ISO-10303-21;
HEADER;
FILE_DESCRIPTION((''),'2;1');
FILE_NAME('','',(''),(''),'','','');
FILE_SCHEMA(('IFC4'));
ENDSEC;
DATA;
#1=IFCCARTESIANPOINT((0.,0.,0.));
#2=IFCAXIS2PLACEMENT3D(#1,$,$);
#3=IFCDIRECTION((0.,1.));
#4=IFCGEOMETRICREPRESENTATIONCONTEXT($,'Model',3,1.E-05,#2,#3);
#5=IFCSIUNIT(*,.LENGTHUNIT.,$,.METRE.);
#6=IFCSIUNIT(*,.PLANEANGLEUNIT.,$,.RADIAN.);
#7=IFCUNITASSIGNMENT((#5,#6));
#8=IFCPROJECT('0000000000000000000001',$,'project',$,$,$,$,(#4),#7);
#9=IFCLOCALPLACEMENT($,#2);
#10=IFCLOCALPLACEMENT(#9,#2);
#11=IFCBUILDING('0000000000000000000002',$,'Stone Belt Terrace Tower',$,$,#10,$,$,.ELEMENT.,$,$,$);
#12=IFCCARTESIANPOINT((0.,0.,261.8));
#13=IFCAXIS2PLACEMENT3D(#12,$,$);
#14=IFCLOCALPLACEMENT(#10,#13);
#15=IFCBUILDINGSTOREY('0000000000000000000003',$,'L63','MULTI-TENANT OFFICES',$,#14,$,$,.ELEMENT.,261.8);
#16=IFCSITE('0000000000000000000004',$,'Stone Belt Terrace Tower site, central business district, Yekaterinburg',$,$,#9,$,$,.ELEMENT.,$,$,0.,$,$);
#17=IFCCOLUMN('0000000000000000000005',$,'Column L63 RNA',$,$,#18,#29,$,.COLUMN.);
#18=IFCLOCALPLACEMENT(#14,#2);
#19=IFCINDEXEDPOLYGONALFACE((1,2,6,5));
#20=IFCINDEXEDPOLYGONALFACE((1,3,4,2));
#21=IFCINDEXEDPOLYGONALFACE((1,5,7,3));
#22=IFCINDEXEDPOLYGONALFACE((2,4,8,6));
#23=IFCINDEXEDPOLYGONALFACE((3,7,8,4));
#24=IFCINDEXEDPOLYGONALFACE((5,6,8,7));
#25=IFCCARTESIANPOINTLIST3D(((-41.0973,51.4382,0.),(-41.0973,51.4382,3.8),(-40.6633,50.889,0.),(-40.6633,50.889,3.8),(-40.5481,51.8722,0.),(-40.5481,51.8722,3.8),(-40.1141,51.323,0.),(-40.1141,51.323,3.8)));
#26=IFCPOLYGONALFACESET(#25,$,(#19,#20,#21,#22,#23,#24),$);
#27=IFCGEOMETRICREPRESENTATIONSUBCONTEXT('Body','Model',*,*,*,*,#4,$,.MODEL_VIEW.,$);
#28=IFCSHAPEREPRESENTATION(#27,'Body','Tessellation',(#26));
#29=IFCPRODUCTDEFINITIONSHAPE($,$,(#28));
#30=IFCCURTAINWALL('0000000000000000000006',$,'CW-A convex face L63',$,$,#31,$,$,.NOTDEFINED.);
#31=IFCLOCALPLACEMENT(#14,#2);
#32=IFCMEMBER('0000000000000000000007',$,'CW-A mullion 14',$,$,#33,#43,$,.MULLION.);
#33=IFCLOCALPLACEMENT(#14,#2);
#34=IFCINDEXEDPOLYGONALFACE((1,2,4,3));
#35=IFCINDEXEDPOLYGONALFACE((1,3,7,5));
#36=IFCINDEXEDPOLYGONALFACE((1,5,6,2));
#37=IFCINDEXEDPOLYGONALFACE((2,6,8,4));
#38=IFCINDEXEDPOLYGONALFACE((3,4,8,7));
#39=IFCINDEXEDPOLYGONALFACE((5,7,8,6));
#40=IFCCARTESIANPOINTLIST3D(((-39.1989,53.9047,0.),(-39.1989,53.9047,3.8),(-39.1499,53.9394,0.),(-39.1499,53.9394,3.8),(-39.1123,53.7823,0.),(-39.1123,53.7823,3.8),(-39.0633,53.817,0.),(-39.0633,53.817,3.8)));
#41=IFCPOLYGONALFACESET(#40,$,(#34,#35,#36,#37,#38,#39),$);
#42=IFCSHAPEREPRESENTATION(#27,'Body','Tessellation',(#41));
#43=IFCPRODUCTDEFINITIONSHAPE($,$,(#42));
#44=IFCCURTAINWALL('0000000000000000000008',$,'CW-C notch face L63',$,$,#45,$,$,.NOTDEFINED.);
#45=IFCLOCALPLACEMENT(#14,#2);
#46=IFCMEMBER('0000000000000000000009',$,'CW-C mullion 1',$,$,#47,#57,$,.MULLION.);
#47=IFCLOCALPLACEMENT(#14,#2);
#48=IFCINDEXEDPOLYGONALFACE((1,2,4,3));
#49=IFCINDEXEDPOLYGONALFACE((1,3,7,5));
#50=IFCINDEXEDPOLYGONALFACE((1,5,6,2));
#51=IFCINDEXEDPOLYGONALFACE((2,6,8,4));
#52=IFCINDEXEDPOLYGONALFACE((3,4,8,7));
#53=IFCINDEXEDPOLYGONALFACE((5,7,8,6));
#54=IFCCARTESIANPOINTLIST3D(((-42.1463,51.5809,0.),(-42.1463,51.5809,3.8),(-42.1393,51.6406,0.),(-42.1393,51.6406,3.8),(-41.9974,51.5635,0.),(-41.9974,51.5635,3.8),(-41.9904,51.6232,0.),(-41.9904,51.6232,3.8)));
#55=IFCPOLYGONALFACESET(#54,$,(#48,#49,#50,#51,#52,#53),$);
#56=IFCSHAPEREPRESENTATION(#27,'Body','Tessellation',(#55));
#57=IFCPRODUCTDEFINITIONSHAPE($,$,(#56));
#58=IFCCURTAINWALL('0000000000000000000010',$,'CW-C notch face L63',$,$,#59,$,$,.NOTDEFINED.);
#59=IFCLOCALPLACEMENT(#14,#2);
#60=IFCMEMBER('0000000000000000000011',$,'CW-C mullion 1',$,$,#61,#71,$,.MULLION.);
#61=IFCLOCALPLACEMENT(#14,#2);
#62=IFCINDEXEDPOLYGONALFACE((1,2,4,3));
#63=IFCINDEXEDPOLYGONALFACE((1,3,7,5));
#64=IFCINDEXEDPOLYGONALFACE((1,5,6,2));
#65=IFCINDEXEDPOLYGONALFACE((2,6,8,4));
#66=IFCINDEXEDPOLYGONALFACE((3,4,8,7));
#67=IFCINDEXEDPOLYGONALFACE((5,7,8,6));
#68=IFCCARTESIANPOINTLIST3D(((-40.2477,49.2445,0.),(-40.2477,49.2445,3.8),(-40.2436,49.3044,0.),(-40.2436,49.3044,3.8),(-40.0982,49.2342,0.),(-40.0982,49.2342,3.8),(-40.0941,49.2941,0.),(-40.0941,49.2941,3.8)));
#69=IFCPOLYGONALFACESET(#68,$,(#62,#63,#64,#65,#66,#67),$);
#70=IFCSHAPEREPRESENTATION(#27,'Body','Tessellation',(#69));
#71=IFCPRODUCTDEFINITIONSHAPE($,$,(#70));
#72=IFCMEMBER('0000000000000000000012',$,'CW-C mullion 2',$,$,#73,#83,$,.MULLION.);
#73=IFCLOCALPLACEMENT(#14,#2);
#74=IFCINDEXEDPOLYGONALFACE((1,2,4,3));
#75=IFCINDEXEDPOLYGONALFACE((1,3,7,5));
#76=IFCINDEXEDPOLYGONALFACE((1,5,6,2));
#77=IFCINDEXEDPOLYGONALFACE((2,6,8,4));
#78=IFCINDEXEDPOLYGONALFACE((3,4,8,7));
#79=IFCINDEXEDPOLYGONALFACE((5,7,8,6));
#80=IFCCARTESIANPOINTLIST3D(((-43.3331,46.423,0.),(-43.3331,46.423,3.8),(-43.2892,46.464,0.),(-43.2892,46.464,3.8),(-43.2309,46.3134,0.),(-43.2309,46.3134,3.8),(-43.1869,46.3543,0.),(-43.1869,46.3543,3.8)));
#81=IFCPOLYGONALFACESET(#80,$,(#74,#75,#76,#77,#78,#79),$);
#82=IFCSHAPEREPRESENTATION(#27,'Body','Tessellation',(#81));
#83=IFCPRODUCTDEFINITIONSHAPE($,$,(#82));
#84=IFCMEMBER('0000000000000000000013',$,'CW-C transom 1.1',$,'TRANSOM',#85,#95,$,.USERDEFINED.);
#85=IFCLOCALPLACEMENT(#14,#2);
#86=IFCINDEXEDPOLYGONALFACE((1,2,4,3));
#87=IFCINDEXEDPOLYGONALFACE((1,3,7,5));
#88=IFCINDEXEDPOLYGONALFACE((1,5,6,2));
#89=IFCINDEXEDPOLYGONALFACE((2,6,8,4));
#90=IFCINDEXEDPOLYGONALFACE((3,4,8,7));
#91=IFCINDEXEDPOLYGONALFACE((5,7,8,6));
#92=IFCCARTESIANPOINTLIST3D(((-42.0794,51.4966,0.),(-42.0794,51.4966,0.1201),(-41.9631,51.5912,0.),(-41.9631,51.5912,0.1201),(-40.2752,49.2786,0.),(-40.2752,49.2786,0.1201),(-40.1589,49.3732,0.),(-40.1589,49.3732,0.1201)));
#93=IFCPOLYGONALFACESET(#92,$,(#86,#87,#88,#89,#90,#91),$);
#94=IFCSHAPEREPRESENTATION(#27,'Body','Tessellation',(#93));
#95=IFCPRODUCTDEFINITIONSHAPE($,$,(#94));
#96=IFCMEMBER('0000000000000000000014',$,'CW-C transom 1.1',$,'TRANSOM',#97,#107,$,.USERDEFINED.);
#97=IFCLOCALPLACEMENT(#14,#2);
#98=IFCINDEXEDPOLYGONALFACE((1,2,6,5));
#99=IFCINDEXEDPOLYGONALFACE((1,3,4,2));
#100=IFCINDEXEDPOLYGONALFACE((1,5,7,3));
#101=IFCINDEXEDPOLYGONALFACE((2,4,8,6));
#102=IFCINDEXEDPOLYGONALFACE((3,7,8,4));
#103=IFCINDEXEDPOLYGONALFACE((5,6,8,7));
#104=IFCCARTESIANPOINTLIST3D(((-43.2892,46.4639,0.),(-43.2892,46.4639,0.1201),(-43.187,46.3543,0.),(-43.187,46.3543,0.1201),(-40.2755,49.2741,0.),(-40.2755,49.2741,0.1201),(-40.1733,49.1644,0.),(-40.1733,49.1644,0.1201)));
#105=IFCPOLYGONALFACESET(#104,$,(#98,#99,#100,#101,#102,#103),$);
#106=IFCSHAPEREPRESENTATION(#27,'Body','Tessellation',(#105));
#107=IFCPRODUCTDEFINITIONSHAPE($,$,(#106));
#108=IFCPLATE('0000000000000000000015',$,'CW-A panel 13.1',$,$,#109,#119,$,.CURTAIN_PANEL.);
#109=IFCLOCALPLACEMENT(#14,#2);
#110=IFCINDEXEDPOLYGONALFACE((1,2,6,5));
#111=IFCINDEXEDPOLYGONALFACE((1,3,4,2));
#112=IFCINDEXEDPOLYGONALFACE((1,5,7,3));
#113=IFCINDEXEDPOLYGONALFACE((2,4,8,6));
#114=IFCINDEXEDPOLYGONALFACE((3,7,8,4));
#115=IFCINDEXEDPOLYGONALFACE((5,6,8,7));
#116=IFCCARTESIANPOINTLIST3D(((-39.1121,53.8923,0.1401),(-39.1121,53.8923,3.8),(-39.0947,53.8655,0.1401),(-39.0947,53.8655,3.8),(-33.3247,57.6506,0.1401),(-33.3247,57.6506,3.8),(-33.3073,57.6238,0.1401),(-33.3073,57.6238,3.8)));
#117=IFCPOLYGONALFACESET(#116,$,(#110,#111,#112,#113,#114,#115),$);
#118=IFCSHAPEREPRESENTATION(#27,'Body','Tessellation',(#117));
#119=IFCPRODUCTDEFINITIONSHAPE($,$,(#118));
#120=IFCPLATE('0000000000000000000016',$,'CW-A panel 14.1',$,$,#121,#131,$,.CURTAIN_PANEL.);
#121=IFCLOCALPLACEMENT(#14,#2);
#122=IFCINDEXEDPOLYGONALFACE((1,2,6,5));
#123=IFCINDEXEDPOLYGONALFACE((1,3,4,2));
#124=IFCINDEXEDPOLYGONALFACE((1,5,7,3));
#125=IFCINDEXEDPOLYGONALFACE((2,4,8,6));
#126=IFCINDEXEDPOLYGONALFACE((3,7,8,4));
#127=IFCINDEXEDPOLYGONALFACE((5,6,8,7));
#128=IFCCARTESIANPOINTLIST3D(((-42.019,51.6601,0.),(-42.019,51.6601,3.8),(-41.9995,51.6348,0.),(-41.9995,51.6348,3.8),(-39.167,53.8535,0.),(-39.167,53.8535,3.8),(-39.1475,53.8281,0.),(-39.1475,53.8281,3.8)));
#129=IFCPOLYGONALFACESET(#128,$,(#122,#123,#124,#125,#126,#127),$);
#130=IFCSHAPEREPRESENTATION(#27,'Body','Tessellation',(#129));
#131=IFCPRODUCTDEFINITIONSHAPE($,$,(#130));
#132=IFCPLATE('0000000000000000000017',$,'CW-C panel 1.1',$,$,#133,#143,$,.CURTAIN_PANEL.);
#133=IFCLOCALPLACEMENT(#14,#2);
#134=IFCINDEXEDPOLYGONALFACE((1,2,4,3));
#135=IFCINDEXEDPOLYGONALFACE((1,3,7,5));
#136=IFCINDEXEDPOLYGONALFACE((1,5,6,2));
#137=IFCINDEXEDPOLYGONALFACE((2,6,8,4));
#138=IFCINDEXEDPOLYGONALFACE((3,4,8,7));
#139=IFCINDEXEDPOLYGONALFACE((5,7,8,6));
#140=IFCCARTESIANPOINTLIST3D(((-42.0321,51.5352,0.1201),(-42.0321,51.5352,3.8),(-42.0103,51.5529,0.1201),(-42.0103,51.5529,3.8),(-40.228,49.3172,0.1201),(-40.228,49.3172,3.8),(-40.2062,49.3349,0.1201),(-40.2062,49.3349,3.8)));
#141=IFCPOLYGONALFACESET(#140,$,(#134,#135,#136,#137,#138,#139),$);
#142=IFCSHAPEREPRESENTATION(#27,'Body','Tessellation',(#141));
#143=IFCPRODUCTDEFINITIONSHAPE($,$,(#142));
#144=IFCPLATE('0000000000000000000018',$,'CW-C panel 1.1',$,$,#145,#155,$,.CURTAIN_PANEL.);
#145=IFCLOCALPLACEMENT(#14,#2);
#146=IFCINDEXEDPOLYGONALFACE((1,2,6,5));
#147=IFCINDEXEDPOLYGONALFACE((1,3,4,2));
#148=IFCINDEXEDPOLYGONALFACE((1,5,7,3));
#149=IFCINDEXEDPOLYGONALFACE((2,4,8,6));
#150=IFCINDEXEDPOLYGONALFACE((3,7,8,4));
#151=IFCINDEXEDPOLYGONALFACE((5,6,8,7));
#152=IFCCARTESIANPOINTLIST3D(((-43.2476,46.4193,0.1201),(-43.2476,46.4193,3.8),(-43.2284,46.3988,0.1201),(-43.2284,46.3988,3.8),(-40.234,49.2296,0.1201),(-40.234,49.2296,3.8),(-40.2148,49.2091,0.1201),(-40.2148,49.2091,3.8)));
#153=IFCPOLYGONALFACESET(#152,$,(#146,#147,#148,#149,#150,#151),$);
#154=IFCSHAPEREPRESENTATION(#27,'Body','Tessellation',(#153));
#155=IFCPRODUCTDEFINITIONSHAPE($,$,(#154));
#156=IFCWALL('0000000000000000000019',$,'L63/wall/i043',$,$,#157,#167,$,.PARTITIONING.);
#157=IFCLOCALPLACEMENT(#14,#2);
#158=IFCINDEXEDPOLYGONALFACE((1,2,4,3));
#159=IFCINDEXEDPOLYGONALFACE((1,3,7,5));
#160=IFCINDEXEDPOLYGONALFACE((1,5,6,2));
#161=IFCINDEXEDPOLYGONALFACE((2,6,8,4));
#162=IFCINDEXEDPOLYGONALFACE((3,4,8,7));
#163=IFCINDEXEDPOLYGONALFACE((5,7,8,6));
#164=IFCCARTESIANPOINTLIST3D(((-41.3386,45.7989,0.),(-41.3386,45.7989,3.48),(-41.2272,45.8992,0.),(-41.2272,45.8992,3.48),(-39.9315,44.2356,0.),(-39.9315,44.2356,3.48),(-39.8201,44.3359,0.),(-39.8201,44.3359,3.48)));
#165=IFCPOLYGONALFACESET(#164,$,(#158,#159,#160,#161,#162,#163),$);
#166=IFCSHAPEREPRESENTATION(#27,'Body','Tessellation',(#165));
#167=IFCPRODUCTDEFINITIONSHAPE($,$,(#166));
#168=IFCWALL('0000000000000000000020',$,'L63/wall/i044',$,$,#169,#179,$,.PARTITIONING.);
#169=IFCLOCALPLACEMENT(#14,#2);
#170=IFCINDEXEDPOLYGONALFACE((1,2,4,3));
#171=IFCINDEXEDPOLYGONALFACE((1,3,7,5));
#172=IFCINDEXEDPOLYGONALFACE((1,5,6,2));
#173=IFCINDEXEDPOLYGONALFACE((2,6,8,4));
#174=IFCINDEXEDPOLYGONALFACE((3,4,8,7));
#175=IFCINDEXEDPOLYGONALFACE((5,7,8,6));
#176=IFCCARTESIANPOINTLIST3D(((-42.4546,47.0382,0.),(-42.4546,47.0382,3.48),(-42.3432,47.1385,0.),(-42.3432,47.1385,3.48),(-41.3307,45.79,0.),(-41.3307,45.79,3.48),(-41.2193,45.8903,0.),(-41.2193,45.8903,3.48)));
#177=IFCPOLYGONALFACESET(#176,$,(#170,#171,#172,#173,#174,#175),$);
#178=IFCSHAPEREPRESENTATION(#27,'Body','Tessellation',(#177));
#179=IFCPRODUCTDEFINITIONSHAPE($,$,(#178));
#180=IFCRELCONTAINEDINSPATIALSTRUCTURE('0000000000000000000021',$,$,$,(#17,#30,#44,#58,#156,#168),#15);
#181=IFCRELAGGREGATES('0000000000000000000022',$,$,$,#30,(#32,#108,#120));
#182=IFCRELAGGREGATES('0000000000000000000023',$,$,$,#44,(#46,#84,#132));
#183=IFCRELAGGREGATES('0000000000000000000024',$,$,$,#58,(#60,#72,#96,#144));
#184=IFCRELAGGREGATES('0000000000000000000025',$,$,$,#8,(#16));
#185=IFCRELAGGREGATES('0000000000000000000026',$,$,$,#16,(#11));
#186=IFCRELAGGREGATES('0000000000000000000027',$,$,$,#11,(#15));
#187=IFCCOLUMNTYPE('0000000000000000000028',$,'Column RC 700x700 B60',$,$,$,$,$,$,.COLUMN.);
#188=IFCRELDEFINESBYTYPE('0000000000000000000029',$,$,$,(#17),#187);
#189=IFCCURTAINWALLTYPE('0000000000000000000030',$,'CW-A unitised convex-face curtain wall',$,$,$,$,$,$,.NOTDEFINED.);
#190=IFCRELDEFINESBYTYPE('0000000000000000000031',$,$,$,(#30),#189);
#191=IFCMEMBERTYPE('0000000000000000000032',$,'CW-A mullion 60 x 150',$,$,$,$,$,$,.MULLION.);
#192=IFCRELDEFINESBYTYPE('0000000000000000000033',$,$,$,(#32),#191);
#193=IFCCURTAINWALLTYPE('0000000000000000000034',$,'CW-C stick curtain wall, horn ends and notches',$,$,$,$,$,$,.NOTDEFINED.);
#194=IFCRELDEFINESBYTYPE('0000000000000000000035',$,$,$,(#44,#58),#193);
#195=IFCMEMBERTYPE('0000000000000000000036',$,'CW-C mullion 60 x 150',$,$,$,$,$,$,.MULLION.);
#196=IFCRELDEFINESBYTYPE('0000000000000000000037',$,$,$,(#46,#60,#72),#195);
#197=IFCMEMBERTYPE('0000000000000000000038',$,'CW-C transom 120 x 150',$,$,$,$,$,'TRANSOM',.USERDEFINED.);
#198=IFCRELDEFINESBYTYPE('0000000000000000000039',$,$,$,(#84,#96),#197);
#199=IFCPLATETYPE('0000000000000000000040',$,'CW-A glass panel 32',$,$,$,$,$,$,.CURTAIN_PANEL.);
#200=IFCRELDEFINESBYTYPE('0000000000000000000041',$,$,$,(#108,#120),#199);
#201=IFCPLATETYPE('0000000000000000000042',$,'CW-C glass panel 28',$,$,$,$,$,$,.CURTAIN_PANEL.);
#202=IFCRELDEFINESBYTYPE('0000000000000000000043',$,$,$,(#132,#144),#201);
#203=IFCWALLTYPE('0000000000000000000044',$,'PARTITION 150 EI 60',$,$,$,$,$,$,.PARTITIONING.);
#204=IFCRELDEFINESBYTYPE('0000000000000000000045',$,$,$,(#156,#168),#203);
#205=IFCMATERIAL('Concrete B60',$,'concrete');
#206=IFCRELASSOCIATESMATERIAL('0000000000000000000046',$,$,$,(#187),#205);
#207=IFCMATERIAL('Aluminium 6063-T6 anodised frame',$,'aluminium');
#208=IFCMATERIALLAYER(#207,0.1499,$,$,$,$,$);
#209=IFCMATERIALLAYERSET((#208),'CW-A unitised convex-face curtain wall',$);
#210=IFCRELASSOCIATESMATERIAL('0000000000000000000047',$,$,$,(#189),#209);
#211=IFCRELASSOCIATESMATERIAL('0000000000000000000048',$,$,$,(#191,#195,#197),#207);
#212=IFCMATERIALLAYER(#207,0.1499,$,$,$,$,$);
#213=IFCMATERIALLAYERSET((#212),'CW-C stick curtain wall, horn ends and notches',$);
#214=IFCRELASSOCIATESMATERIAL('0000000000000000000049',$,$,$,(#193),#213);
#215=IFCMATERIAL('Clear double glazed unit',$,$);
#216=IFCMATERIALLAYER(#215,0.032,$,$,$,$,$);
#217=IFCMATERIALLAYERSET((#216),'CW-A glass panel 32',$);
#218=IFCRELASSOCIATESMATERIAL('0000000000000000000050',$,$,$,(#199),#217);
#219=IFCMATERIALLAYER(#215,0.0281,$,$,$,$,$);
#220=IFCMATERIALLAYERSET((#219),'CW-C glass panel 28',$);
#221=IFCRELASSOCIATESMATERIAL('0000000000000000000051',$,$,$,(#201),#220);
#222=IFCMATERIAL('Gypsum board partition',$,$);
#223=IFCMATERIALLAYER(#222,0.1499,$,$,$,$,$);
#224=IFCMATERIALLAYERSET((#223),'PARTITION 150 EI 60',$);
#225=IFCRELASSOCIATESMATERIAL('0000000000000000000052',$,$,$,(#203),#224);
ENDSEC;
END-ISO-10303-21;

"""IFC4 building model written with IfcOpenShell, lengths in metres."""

from ifc_helpers import new_model, si_unit, direction, frame, frame_2d, origin, origin_2d, place, context, subcontext, project, spatial, rectangle, extrude, material, layer, layer_set, material_profile, profile_set, type_object, element, aggregate, save


model = new_model("IFC4")

# Units and contexts
model_context = context("Model", 3, precision=1e-05, world=origin(), true_north=direction((0.0, 1.0)))
body_context = subcontext(model_context, "Body", "Model", "MODEL_VIEW")
ifc_project = project(units=[si_unit("LENGTHUNIT", "METRE"), si_unit("PLANEANGLEUNIT", "RADIAN")], contexts=[model_context])

# Site, building, storey
site_placement = place(None, origin())
site = spatial("IfcSite", under=ifc_project, at=site_placement, Name="Stone Belt Terrace Tower site, central business district, Yekaterinburg", CompositionType="ELEMENT", RefElevation=0.0)
building_placement = place(site_placement, origin())
building = spatial("IfcBuilding", under=site, at=building_placement, Name="Stone Belt Terrace Tower", CompositionType="ELEMENT")
storey_placement = place(building_placement, frame((0.0, 0.0, 261.8)))
storey = spatial("IfcBuildingStorey", under=building, at=storey_placement, Name="L63", Description="MULTI-TENANT OFFICES", CompositionType="ELEMENT", Elevation=261.8)

# Column
ifc_material_1 = material(Name="Concrete B60", Category="concrete")
ifc_material_profile_1 = material_profile(ifc_material_1, rectangle(XDim=0.7, YDim=0.7, at=origin_2d()), Name="RC 700x700")
ifc_profile_set_1 = profile_set([ifc_material_profile_1], Name="Concrete B60")
column_type = type_object("IfcColumnType", Name="Column RC 700x700 B60", PredefinedType="COLUMN", material=ifc_profile_set_1)
column_placement = place(storey_placement, frame((-40.6057, 51.3806, 0.0), z_axis=(0.0, 0.0, 1.0), x_axis=(0.78457, 0.620041, 0.0)))
element("IfcColumn", 1, at=column_placement, inside=storey, type_object=column_type, Name="Column L63 RNA", PredefinedType="COLUMN", context=body_context, shape_type="SweptSolid", body=[
    extrude(rectangle(XDim=0.7, YDim=0.7, at=origin_2d()), origin(), (0.0, 0.0, 1.0), 3.8),
])

# Curtain walls, members
ifc_material_2 = material(Name="Aluminium 6063-T6 anodised frame", Category="aluminium")
ifc_layer_1 = layer(ifc_material_2, 0.1499)
ifc_layer_set_1 = layer_set([ifc_layer_1], Name="CW-A unitised convex-face curtain wall")
curtain_wall_type_1 = type_object("IfcCurtainWallType", Name="CW-A unitised convex-face curtain wall", PredefinedType="NOTDEFINED", material=ifc_layer_set_1)
curtain_wall_1_placement = place(storey_placement, origin())
curtain_wall_1 = element("IfcCurtainWall", 2, at=curtain_wall_1_placement, inside=storey, type_object=curtain_wall_type_1, Name="CW-A convex face L63", PredefinedType="NOTDEFINED")
ifc_material_profile_2 = material_profile(ifc_material_2, rectangle(XDim=0.1499, YDim=0.0601, at=origin_2d()), Name="Aluminium 6063-T6 60x150")
ifc_profile_set_2 = profile_set([ifc_material_profile_2], Name="Aluminium 6063-T6 anodised frame")
member_type_1 = type_object("IfcMemberType", Name="CW-A mullion 60 x 150", PredefinedType="MULLION", material=ifc_profile_set_2)
member_1_placement = place(storey_placement, frame((-39.1311, 53.8608, 0.0), z_axis=(0.0, 0.0, 1.0), x_axis=(0.577587, -0.816329, 0.0)))
member_1 = element("IfcMember", 3, at=member_1_placement, type_object=member_type_1, Name="CW-A mullion 14", PredefinedType="MULLION", context=body_context, shape_type="SweptSolid", body=[
    extrude(rectangle(XDim=0.1499, YDim=0.0601, at=origin_2d()), origin(), (0.0, 0.0, 1.0), 3.8),
])
ifc_layer_2 = layer(ifc_material_2, 0.1499)
ifc_layer_set_2 = layer_set([ifc_layer_2], Name="CW-C stick curtain wall, horn ends and notches")
curtain_wall_type_2 = type_object("IfcCurtainWallType", Name="CW-C stick curtain wall, horn ends and notches", PredefinedType="NOTDEFINED", material=ifc_layer_set_2)
curtain_wall_2_placement = place(storey_placement, origin())
curtain_wall_2 = element("IfcCurtainWall", 4, at=curtain_wall_2_placement, inside=storey, type_object=curtain_wall_type_2, Name="CW-C notch face L63", PredefinedType="NOTDEFINED")
ifc_material_profile_3 = material_profile(ifc_material_2, rectangle(XDim=0.1499, YDim=0.0601, at=origin_2d()), Name="Aluminium 6063-T6 60x150")
ifc_profile_set_3 = profile_set([ifc_material_profile_3], Name="Aluminium 6063-T6 anodised frame")
member_type_2 = type_object("IfcMemberType", Name="CW-C mullion 60 x 150", PredefinedType="MULLION", material=ifc_profile_set_3)
member_2_placement = place(storey_placement, frame((-42.0684, 51.6021, 0.0), z_axis=(0.0, 0.0, 1.0), x_axis=(0.993258, -0.115925, 0.0)))
member_2 = element("IfcMember", 5, at=member_2_placement, type_object=member_type_2, Name="CW-C mullion 1", PredefinedType="MULLION", context=body_context, shape_type="SweptSolid", body=[
    extrude(rectangle(XDim=0.1499, YDim=0.0601, at=origin_2d()), origin(), (0.0, 0.0, 1.0), 3.8),
])

# Curtain wall, members
curtain_wall_3_placement = place(storey_placement, origin())
curtain_wall_3 = element("IfcCurtainWall", 6, at=curtain_wall_3_placement, inside=storey, type_object=curtain_wall_type_2, Name="CW-C notch face L63", PredefinedType="NOTDEFINED")
member_3_placement = place(storey_placement, frame((-40.1709, 49.2693, 0.0), z_axis=(0.0, 0.0, 1.0), x_axis=(0.99764, -0.068666, 0.0)))
member_3 = element("IfcMember", 7, at=member_3_placement, type_object=member_type_2, Name="CW-C mullion 1", PredefinedType="MULLION", context=body_context, shape_type="SweptSolid", body=[
    extrude(rectangle(XDim=0.1499, YDim=0.0601, at=origin_2d()), origin(), (0.0, 0.0, 1.0), 3.8),
])
member_4_placement = place(storey_placement, frame((-43.26, 46.3887, 0.0), z_axis=(0.0, 0.0, 1.0), x_axis=(0.682014, -0.731339, 0.0)))
member_4 = element("IfcMember", 8, at=member_4_placement, type_object=member_type_2, Name="CW-C mullion 2", PredefinedType="MULLION", context=body_context, shape_type="SweptSolid", body=[
    extrude(rectangle(XDim=0.1499, YDim=0.0601, at=origin_2d()), origin(), (0.0, 0.0, 1.0), 3.8),
])

# Members
ifc_material_profile_4 = material_profile(ifc_material_2, rectangle(XDim=0.1499, YDim=0.1201, at=origin_2d()), Name="Aluminium 6063-T6 150x120")
ifc_profile_set_4 = profile_set([ifc_material_profile_4], Name="Aluminium 6063-T6 anodised frame")
member_type_3 = type_object("IfcMemberType", Name="CW-C transom 120 x 150", ElementType="TRANSOM", PredefinedType="USERDEFINED", material=ifc_profile_set_4)
member_5_placement = place(storey_placement, frame((-42.0212, 51.5439, 0.0601), z_axis=(0.631027, -0.775761, 0.0), x_axis=(0.775761, 0.631027, 0.0)))
member_5 = element("IfcMember", 9, at=member_5_placement, type_object=member_type_3, Name="CW-C transom 1.1", ObjectType="TRANSOM", PredefinedType="USERDEFINED", context=body_context, shape_type="SweptSolid", body=[
    extrude(rectangle(XDim=0.1499, YDim=0.1201, at=origin_2d()), origin(), (0.0, 0.0, 1.0), 2.8591),
])
member_6_placement = place(storey_placement, frame((-40.2244, 49.2192, 0.0601), z_axis=(-0.731382, -0.681968, 0.0), x_axis=(0.681968, -0.731382, 0.0)))
member_6 = element("IfcMember", 10, at=member_6_placement, type_object=member_type_3, Name="CW-C transom 1.1", ObjectType="TRANSOM", PredefinedType="USERDEFINED", context=body_context, shape_type="SweptSolid", body=[
    extrude(rectangle(XDim=0.1499, YDim=0.1201, at=origin_2d()), origin(), (0.0, 0.0, 1.0), 4.1206),
])

# Plates
ifc_material_3 = material(Name="Clear double glazed unit")
ifc_layer_3 = layer(ifc_material_3, 0.032)
ifc_layer_set_3 = layer_set([ifc_layer_3], Name="CW-A glass panel 32")
plate_type_1 = type_object("IfcPlateType", Name="CW-A glass panel 32", PredefinedType="CURTAIN_PANEL", material=ifc_layer_set_3)
plate_1_placement = place(storey_placement, frame((-36.2097, 55.7581, 0.1401), z_axis=(0.0, 0.0, 1.0), x_axis=(-0.838671, -0.544639, 0.0)))
plate_1 = element("IfcPlate", 11, at=plate_1_placement, type_object=plate_type_1, Name="CW-A panel 13.1", PredefinedType="CURTAIN_PANEL", context=body_context, shape_type="SweptSolid", body=[
    extrude(rectangle(XDim=6.9006, YDim=0.032, at=origin_2d()), origin(), (0.0, 0.0, 1.0), 3.6599),
])
plate_2_placement = place(storey_placement, frame((-40.5833, 52.7441, 0.0), z_axis=(0.0, 0.0, 1.0), x_axis=(-0.792694, -0.60962, 0.0)))
plate_2 = element("IfcPlate", 12, at=plate_2_placement, type_object=plate_type_1, Name="CW-A panel 14.1", PredefinedType="CURTAIN_PANEL", context=body_context, shape_type="SweptSolid", body=[
    extrude(rectangle(XDim=3.5979, YDim=0.032, at=origin_2d()), origin(), (0.0, 0.0, 1.0), 3.8),
])
aggregate(curtain_wall_1, [member_1, plate_1, plate_2])
ifc_layer_4 = layer(ifc_material_3, 0.0281)
ifc_layer_set_4 = layer_set([ifc_layer_4], Name="CW-C glass panel 28")
plate_type_2 = type_object("IfcPlateType", Name="CW-C glass panel 28", PredefinedType="CURTAIN_PANEL", material=ifc_layer_set_4)
plate_3_placement = place(storey_placement, frame((-41.1191, 50.4351, 0.1201), z_axis=(0.0, 0.0, 1.0), x_axis=(0.631001, -0.775782, 0.0)))
plate_3 = element("IfcPlate", 13, at=plate_3_placement, type_object=plate_type_2, Name="CW-C panel 1.1", PredefinedType="CURTAIN_PANEL", context=body_context, shape_type="SweptSolid", body=[
    extrude(rectangle(XDim=2.8591, YDim=0.0281, at=origin_2d()), origin(), (0.0, 0.0, 1.0), 3.6799),
])
aggregate(curtain_wall_2, [member_2, member_5, plate_3])
plate_4_placement = place(storey_placement, frame((-41.7312, 47.8142, 0.1201), z_axis=(0.0, 0.0, 1.0), x_axis=(-0.731339, -0.682014, 0.0)))
plate_4 = element("IfcPlate", 14, at=plate_4_placement, type_object=plate_type_2, Name="CW-C panel 1.1", PredefinedType="CURTAIN_PANEL", context=body_context, shape_type="SweptSolid", body=[
    extrude(rectangle(XDim=4.1206, YDim=0.0281, at=origin_2d()), origin(), (0.0, 0.0, 1.0), 3.6799),
])
aggregate(curtain_wall_3, [member_3, member_4, member_6, plate_4])

# Walls
ifc_material_4 = material(Name="Gypsum board partition")
ifc_layer_5 = layer(ifc_material_4, 0.1499)
ifc_layer_set_5 = layer_set([ifc_layer_5], Name="PARTITION 150 EI 60")
wall_type = type_object("IfcWallType", Name="PARTITION 150 EI 60", PredefinedType="PARTITIONING", material=ifc_layer_set_5)
wall_1_placement = place(storey_placement, frame((-41.283, 45.8491, 0.0), z_axis=(0.0, 0.0, 1.0), x_axis=(0.668984, -0.743277, 0.0)))
element("IfcWall", 15, at=wall_1_placement, inside=storey, type_object=wall_type, Name="L63/wall/i043", PredefinedType="PARTITIONING", context=body_context, shape_type="SweptSolid", body=[
    extrude(rectangle(XDim=2.1033, YDim=0.1499, at=frame_2d((1.0518, 0.0))), origin(), (0.0, 0.0, 1.0), 3.48),
])
wall_2_placement = place(storey_placement, frame((-42.3989, 47.0884, 0.0), z_axis=(0.0, 0.0, 1.0), x_axis=(0.669149, -0.743128, 0.0)))
element("IfcWall", 16, at=wall_2_placement, inside=storey, type_object=wall_type, Name="L63/wall/i044", PredefinedType="PARTITIONING", context=body_context, shape_type="SweptSolid", body=[
    extrude(rectangle(XDim=1.6797, YDim=0.1499, at=frame_2d((0.8398, 0.0))), origin(), (0.0, 0.0, 1.0), 3.48),
])

save(model, "model.ifc")
